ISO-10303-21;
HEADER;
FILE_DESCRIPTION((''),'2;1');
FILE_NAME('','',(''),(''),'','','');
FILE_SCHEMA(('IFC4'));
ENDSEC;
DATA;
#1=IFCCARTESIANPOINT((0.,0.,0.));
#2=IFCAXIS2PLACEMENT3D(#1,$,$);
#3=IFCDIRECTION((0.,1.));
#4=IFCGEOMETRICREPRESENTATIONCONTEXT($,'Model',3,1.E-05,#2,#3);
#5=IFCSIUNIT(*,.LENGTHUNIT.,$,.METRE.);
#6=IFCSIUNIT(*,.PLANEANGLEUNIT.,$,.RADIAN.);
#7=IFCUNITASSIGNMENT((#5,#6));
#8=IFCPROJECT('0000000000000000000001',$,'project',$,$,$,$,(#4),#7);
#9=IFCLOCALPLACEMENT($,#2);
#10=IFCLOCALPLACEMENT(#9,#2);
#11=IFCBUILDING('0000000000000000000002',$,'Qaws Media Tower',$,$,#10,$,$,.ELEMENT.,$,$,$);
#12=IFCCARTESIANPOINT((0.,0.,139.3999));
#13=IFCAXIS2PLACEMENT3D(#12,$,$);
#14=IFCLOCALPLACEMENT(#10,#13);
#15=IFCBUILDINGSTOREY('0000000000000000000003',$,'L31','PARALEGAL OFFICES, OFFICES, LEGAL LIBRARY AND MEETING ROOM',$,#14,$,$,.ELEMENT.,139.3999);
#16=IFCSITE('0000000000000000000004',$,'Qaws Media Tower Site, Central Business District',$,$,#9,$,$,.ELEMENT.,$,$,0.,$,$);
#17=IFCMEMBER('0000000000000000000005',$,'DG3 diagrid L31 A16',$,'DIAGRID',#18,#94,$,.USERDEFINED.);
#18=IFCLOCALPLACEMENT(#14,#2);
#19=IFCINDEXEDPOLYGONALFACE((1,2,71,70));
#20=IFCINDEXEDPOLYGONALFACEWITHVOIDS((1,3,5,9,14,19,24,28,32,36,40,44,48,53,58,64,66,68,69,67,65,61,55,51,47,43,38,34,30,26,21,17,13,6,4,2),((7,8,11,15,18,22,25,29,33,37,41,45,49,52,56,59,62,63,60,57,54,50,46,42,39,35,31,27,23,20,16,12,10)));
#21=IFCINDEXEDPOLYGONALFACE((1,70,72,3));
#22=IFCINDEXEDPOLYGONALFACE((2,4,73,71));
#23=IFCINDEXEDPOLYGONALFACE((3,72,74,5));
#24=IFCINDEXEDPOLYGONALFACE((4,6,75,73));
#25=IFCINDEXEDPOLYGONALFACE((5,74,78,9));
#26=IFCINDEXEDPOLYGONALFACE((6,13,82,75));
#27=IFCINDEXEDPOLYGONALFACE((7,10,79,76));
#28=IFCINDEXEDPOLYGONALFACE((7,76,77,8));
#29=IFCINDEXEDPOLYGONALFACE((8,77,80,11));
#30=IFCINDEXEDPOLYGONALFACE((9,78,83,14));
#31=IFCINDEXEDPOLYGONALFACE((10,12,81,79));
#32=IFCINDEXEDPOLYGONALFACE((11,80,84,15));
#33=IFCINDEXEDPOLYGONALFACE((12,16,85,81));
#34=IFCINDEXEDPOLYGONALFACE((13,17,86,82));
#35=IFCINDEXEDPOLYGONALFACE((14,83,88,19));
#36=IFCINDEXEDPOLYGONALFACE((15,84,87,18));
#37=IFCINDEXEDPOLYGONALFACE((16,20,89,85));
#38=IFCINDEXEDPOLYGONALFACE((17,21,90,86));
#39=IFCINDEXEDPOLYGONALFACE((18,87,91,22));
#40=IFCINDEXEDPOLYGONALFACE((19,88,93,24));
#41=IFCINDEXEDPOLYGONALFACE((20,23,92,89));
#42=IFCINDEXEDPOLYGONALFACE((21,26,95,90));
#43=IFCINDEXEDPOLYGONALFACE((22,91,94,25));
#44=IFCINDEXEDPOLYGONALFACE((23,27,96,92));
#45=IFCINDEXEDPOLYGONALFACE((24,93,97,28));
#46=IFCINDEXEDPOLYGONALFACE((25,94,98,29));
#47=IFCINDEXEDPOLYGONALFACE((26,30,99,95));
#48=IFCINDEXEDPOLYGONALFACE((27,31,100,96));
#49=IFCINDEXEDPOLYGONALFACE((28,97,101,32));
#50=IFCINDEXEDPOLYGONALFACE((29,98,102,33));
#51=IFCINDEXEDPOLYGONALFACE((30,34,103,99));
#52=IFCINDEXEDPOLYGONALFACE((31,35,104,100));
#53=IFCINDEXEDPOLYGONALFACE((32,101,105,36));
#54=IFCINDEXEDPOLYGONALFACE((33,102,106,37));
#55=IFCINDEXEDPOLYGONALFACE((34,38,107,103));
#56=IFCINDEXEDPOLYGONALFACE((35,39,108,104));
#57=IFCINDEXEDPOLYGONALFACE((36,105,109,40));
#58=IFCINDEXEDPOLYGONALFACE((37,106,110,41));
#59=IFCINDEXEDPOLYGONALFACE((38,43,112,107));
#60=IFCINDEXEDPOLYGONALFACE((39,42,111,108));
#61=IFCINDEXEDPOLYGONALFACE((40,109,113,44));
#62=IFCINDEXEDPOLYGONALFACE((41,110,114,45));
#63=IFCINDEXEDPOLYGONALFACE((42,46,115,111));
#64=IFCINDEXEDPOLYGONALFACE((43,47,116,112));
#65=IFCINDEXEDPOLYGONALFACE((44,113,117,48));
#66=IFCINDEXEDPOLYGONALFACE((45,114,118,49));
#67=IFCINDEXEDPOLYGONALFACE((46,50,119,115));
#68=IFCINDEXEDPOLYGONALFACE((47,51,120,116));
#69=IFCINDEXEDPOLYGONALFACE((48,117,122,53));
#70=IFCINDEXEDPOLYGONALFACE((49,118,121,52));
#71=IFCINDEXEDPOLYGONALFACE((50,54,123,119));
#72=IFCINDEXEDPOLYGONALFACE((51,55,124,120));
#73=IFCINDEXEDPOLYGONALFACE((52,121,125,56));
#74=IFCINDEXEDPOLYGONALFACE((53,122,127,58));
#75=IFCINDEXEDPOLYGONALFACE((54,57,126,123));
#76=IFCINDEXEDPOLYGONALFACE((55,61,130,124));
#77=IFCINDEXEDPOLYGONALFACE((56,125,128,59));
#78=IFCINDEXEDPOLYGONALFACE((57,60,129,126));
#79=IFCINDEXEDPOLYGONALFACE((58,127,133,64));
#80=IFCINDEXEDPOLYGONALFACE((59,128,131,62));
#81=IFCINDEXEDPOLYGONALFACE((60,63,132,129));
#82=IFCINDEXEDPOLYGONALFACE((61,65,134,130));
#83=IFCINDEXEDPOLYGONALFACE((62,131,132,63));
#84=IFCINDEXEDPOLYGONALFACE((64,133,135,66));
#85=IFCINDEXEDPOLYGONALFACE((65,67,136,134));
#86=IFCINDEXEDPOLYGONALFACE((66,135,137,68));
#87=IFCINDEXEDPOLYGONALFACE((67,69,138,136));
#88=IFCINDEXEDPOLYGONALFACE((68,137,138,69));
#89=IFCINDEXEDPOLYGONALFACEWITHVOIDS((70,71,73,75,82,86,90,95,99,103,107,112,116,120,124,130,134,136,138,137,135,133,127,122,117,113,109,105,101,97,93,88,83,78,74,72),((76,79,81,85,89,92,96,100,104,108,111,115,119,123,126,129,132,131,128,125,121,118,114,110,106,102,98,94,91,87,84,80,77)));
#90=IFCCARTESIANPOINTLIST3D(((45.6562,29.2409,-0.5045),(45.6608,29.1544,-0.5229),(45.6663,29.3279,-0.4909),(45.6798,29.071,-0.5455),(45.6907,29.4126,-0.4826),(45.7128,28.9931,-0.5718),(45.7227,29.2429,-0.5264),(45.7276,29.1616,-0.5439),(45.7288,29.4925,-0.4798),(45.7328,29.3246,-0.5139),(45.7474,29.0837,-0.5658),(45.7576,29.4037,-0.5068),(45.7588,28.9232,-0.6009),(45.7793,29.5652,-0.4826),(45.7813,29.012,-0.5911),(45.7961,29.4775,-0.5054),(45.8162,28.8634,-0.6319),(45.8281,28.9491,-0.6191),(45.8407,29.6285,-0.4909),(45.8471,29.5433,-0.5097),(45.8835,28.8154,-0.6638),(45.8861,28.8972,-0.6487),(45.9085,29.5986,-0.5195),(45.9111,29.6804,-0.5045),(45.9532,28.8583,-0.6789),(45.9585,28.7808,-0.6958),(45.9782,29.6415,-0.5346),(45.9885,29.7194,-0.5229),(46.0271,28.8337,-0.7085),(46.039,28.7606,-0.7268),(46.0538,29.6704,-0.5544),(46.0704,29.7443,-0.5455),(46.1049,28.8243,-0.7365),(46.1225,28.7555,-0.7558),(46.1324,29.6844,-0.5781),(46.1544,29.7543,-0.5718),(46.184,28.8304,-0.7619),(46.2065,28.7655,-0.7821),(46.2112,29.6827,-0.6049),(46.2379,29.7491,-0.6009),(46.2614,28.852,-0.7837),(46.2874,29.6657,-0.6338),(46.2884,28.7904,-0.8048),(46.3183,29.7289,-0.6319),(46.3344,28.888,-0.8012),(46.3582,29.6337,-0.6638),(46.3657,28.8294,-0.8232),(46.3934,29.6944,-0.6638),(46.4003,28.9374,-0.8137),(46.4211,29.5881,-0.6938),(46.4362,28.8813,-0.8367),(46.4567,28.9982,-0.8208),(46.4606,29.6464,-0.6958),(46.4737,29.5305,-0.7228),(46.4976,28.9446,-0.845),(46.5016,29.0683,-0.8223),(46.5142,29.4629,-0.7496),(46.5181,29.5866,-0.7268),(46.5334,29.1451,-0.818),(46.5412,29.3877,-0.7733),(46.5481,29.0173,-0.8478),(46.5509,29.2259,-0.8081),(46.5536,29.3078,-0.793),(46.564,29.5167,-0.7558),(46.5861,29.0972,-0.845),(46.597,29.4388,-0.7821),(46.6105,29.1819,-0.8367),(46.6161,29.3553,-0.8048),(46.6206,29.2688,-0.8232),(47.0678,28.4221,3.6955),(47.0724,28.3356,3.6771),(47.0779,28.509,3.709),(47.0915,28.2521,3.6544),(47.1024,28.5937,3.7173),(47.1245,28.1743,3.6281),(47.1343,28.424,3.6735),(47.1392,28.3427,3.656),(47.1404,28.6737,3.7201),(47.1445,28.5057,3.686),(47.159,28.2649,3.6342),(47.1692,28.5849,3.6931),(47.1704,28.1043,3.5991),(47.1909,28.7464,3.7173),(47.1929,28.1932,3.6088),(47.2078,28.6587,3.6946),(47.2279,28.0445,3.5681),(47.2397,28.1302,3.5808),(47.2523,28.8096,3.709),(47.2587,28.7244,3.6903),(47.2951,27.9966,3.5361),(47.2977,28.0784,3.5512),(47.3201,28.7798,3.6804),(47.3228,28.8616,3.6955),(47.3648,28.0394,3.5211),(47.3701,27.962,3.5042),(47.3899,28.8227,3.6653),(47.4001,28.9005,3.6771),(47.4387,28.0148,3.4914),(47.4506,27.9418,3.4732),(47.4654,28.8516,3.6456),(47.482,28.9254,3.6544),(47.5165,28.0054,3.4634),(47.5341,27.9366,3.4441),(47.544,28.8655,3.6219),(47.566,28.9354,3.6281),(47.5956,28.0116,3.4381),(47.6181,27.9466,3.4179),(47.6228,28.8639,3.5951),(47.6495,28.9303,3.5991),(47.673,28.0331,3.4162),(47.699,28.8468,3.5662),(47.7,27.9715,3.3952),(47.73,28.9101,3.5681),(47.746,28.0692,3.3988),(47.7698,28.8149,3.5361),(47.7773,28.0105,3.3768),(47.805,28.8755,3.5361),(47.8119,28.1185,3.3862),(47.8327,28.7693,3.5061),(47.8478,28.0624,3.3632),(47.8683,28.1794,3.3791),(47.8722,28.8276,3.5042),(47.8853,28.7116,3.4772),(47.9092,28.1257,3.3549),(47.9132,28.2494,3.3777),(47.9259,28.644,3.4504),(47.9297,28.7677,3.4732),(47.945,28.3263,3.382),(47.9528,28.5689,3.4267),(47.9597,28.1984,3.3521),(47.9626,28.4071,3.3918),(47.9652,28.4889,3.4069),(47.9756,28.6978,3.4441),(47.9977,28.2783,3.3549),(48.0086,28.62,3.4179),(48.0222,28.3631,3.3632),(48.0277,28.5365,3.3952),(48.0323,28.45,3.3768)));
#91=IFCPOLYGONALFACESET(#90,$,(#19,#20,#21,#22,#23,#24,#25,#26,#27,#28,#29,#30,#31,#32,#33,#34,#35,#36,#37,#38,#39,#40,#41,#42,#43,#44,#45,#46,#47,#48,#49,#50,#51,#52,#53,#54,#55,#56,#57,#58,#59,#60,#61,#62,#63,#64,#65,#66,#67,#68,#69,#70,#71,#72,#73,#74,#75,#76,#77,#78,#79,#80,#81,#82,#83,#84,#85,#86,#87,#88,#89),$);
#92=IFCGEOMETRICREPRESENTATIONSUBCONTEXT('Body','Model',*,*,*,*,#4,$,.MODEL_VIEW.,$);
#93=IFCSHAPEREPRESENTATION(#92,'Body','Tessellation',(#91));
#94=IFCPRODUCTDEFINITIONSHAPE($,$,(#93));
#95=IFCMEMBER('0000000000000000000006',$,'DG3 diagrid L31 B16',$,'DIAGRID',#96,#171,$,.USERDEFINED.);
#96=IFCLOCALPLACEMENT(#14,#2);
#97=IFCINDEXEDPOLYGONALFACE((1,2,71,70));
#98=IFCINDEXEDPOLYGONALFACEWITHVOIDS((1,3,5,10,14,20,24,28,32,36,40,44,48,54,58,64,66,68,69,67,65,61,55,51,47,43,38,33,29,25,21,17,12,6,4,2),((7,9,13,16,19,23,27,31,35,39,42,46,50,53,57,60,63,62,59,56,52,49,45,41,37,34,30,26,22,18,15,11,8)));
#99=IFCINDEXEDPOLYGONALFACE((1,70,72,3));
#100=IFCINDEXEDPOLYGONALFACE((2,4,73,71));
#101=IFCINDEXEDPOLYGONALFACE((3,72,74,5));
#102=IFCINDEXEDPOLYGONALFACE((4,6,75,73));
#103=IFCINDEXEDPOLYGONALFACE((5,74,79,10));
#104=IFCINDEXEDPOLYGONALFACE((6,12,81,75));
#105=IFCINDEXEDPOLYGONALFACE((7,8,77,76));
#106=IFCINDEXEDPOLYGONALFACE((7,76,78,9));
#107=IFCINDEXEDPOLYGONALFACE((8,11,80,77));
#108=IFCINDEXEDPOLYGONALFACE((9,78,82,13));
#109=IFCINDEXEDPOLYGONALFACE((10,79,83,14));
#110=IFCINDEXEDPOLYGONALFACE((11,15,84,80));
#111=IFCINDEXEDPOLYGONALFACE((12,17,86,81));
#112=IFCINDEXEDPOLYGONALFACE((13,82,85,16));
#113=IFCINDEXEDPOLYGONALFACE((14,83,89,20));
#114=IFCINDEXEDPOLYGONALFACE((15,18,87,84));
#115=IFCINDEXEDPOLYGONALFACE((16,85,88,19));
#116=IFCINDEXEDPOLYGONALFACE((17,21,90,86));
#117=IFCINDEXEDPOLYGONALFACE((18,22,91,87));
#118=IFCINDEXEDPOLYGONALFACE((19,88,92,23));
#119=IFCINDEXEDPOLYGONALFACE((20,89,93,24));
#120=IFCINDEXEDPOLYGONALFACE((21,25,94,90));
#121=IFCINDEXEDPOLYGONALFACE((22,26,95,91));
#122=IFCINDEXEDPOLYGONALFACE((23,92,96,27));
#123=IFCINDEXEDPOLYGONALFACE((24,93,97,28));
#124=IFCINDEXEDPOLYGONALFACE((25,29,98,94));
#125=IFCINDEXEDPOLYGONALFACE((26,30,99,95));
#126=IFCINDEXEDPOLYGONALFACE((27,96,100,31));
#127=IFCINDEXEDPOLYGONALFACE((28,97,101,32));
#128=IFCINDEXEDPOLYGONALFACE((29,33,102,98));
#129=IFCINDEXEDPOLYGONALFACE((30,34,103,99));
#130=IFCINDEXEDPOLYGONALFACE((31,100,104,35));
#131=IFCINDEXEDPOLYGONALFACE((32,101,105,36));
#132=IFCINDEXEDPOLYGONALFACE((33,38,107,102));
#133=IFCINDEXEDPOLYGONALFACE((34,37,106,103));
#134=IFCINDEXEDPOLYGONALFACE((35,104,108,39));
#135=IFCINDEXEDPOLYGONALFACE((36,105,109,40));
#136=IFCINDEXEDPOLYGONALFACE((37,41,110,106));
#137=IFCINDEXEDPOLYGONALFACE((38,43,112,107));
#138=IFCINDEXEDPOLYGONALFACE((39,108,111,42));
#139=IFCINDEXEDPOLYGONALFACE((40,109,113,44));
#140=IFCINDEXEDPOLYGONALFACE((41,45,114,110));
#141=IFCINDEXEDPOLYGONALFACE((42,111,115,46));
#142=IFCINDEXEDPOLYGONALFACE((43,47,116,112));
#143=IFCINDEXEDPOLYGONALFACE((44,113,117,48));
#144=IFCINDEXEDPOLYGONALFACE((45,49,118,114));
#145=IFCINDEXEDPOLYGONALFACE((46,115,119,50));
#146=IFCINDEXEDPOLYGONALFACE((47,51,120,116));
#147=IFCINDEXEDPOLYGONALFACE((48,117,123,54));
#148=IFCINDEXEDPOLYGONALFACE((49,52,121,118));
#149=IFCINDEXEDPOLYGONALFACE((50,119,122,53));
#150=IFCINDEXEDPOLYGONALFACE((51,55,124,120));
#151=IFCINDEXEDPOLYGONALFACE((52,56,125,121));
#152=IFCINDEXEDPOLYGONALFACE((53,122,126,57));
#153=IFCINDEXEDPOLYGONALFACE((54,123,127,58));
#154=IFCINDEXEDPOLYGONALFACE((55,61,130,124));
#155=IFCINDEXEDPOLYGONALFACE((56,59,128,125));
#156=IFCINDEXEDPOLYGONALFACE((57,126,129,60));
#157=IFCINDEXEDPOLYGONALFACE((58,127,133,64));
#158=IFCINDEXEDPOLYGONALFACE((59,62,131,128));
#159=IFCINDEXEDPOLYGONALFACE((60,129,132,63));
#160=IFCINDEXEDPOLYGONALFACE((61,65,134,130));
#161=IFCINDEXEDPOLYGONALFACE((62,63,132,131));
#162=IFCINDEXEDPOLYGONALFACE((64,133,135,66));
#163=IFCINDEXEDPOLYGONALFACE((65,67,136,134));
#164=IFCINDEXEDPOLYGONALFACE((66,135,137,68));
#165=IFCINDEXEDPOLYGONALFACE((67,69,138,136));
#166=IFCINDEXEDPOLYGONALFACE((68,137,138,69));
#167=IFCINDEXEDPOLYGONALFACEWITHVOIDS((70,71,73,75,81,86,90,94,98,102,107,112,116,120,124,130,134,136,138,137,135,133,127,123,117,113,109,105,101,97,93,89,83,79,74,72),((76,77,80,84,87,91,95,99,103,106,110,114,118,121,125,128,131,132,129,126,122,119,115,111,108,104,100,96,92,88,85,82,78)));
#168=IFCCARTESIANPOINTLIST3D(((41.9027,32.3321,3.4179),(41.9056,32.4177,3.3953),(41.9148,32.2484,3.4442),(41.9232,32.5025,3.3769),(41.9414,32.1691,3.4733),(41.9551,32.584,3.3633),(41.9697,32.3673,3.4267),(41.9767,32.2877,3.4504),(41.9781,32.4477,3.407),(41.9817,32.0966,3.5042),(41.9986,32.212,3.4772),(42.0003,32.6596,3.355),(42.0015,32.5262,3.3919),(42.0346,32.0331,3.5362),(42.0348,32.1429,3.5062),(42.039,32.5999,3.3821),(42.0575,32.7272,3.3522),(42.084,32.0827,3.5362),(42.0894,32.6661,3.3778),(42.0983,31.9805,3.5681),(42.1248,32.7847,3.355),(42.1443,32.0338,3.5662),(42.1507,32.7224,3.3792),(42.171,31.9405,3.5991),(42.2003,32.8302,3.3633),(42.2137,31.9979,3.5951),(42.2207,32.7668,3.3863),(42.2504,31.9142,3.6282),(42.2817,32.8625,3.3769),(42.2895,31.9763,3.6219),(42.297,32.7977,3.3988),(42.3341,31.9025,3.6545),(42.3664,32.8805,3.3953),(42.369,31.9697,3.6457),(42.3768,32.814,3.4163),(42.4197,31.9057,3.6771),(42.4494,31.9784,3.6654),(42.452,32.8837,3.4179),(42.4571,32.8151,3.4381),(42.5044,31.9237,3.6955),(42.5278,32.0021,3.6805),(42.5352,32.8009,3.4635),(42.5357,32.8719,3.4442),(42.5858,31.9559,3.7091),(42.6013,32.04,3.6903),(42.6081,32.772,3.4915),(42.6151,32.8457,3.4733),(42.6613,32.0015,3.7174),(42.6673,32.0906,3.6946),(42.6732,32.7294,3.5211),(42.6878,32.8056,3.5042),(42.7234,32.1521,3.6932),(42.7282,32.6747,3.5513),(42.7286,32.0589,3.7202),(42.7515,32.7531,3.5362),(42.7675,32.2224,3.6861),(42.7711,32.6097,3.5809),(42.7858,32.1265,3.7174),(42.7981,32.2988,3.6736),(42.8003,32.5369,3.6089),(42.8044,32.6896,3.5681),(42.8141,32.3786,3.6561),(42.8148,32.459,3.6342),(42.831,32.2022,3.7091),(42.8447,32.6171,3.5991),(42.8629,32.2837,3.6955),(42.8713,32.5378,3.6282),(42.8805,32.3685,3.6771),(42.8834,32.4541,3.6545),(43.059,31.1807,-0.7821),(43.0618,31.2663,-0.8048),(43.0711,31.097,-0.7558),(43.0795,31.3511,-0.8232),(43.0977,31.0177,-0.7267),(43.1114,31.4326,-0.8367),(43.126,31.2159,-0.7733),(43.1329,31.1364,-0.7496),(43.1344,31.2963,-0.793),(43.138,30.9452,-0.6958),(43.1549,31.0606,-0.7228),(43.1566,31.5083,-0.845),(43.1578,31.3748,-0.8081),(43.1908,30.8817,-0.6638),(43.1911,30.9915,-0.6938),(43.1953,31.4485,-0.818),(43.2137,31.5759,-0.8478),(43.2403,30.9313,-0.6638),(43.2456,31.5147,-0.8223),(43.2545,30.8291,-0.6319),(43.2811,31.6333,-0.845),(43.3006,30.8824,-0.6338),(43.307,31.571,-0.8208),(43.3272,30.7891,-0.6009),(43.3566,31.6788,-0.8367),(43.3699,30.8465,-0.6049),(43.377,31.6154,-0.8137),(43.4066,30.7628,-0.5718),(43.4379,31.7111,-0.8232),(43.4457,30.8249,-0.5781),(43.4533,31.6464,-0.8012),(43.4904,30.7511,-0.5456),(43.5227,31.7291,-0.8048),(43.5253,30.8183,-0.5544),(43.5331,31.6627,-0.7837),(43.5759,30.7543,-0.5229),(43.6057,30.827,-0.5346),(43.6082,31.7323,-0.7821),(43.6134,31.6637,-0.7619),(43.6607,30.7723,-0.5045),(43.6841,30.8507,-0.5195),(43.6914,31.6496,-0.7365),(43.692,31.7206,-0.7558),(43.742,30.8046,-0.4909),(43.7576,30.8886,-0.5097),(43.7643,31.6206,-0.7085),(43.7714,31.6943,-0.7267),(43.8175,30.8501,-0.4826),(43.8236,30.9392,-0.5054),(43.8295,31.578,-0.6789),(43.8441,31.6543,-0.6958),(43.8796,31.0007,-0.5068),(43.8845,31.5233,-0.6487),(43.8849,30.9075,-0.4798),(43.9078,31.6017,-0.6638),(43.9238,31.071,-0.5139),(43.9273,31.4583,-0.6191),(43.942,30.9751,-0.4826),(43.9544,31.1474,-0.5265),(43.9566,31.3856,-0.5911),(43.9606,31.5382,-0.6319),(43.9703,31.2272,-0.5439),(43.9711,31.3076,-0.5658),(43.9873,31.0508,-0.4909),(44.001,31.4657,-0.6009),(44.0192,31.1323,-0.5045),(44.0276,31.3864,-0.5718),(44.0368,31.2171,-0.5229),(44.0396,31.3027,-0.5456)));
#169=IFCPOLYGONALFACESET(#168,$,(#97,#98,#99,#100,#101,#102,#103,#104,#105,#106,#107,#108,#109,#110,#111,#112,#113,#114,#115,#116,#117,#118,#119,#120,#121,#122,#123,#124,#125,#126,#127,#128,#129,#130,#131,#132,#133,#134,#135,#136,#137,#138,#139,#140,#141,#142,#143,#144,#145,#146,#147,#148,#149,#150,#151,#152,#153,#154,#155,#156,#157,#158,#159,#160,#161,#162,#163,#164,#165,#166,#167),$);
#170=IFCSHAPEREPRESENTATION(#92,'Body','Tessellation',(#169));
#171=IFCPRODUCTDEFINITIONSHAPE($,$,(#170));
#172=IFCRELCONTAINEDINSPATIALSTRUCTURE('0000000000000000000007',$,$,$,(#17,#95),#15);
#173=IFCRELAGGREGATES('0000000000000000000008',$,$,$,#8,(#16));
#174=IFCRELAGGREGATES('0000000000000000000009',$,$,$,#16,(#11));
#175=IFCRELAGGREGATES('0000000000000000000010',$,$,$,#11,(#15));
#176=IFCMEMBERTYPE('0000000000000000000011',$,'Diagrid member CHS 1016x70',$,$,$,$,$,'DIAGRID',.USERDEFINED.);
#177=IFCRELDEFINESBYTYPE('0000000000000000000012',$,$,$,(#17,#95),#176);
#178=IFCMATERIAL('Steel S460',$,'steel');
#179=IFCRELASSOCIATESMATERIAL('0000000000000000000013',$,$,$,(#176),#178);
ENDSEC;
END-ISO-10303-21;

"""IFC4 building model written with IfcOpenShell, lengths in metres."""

from ifc_helpers import new_model, si_unit, direction, frame, origin, origin_2d, place, context, subcontext, project, spatial, hollow_circle, extrude, material, material_profile, profile_set, type_object, element, save


model = new_model("IFC4")

# Units and contexts
model_context = context("Model", 3, precision=1e-05, world=origin(), true_north=direction((0.0, 1.0)))
body_context = subcontext(model_context, "Body", "Model", "MODEL_VIEW")
ifc_project = project(units=[si_unit("LENGTHUNIT", "METRE"), si_unit("PLANEANGLEUNIT", "RADIAN")], contexts=[model_context])

# Site, building, storey
site_placement = place(None, origin())
site = spatial("IfcSite", under=ifc_project, at=site_placement, Name="Qaws Media Tower Site, Central Business District", CompositionType="ELEMENT", RefElevation=0.0)
building_placement = place(site_placement, origin())
building = spatial("IfcBuilding", under=site, at=building_placement, Name="Qaws Media Tower", CompositionType="ELEMENT")
storey_placement = place(building_placement, frame((0.0, 0.0, 139.3999)))
storey = spatial("IfcBuildingStorey", under=building, at=storey_placement, Name="L31", Description="PARALEGAL OFFICES, OFFICES, LEGAL LIBRARY AND MEETING ROOM", CompositionType="ELEMENT", Elevation=139.3999)

# Members
ifc_material_1 = material(Name="Steel S460", Category="steel")
ifc_material_profile_1 = material_profile(ifc_material_1, hollow_circle(Radius=0.5081, WallThickness=0.0701, at=origin_2d()), Name="CHS 1016x70")
ifc_profile_set_1 = profile_set([ifc_material_profile_1], Name="Steel S460")
member_type_1 = type_object("IfcMemberType", Name="Diagrid member CHS 1016x70", ElementType="DIAGRID", PredefinedType="USERDEFINED", material=ifc_profile_set_1)
for number, where, z_axis, x_axis, name in (
    (1, (46.1384, 29.2549, -0.6638), (0.313286, -0.181729, 0.932109), (0.501767, 0.865003, 0.0), "DG3 diagrid L31 A16"),
    (2, (43.5493, 31.2417, -0.6638), (-0.256614, 0.255531, 0.932123), (-0.705609, -0.708601, 0.0), "DG3 diagrid L31 B16"),
):
    element("IfcMember", number, at=place(storey_placement, frame(where, z_axis=z_axis, x_axis=x_axis)), inside=storey, type_object=member_type_1, Name=name, ObjectType="DIAGRID", PredefinedType="USERDEFINED", context=body_context, shape_type="SweptSolid", body=[
        extrude(hollow_circle(Radius=0.5081, WallThickness=0.0701, at=origin_2d()), origin(), (0.0, 0.0, 1.0), 4.5059),
    ])

save(model, "model.ifc")
